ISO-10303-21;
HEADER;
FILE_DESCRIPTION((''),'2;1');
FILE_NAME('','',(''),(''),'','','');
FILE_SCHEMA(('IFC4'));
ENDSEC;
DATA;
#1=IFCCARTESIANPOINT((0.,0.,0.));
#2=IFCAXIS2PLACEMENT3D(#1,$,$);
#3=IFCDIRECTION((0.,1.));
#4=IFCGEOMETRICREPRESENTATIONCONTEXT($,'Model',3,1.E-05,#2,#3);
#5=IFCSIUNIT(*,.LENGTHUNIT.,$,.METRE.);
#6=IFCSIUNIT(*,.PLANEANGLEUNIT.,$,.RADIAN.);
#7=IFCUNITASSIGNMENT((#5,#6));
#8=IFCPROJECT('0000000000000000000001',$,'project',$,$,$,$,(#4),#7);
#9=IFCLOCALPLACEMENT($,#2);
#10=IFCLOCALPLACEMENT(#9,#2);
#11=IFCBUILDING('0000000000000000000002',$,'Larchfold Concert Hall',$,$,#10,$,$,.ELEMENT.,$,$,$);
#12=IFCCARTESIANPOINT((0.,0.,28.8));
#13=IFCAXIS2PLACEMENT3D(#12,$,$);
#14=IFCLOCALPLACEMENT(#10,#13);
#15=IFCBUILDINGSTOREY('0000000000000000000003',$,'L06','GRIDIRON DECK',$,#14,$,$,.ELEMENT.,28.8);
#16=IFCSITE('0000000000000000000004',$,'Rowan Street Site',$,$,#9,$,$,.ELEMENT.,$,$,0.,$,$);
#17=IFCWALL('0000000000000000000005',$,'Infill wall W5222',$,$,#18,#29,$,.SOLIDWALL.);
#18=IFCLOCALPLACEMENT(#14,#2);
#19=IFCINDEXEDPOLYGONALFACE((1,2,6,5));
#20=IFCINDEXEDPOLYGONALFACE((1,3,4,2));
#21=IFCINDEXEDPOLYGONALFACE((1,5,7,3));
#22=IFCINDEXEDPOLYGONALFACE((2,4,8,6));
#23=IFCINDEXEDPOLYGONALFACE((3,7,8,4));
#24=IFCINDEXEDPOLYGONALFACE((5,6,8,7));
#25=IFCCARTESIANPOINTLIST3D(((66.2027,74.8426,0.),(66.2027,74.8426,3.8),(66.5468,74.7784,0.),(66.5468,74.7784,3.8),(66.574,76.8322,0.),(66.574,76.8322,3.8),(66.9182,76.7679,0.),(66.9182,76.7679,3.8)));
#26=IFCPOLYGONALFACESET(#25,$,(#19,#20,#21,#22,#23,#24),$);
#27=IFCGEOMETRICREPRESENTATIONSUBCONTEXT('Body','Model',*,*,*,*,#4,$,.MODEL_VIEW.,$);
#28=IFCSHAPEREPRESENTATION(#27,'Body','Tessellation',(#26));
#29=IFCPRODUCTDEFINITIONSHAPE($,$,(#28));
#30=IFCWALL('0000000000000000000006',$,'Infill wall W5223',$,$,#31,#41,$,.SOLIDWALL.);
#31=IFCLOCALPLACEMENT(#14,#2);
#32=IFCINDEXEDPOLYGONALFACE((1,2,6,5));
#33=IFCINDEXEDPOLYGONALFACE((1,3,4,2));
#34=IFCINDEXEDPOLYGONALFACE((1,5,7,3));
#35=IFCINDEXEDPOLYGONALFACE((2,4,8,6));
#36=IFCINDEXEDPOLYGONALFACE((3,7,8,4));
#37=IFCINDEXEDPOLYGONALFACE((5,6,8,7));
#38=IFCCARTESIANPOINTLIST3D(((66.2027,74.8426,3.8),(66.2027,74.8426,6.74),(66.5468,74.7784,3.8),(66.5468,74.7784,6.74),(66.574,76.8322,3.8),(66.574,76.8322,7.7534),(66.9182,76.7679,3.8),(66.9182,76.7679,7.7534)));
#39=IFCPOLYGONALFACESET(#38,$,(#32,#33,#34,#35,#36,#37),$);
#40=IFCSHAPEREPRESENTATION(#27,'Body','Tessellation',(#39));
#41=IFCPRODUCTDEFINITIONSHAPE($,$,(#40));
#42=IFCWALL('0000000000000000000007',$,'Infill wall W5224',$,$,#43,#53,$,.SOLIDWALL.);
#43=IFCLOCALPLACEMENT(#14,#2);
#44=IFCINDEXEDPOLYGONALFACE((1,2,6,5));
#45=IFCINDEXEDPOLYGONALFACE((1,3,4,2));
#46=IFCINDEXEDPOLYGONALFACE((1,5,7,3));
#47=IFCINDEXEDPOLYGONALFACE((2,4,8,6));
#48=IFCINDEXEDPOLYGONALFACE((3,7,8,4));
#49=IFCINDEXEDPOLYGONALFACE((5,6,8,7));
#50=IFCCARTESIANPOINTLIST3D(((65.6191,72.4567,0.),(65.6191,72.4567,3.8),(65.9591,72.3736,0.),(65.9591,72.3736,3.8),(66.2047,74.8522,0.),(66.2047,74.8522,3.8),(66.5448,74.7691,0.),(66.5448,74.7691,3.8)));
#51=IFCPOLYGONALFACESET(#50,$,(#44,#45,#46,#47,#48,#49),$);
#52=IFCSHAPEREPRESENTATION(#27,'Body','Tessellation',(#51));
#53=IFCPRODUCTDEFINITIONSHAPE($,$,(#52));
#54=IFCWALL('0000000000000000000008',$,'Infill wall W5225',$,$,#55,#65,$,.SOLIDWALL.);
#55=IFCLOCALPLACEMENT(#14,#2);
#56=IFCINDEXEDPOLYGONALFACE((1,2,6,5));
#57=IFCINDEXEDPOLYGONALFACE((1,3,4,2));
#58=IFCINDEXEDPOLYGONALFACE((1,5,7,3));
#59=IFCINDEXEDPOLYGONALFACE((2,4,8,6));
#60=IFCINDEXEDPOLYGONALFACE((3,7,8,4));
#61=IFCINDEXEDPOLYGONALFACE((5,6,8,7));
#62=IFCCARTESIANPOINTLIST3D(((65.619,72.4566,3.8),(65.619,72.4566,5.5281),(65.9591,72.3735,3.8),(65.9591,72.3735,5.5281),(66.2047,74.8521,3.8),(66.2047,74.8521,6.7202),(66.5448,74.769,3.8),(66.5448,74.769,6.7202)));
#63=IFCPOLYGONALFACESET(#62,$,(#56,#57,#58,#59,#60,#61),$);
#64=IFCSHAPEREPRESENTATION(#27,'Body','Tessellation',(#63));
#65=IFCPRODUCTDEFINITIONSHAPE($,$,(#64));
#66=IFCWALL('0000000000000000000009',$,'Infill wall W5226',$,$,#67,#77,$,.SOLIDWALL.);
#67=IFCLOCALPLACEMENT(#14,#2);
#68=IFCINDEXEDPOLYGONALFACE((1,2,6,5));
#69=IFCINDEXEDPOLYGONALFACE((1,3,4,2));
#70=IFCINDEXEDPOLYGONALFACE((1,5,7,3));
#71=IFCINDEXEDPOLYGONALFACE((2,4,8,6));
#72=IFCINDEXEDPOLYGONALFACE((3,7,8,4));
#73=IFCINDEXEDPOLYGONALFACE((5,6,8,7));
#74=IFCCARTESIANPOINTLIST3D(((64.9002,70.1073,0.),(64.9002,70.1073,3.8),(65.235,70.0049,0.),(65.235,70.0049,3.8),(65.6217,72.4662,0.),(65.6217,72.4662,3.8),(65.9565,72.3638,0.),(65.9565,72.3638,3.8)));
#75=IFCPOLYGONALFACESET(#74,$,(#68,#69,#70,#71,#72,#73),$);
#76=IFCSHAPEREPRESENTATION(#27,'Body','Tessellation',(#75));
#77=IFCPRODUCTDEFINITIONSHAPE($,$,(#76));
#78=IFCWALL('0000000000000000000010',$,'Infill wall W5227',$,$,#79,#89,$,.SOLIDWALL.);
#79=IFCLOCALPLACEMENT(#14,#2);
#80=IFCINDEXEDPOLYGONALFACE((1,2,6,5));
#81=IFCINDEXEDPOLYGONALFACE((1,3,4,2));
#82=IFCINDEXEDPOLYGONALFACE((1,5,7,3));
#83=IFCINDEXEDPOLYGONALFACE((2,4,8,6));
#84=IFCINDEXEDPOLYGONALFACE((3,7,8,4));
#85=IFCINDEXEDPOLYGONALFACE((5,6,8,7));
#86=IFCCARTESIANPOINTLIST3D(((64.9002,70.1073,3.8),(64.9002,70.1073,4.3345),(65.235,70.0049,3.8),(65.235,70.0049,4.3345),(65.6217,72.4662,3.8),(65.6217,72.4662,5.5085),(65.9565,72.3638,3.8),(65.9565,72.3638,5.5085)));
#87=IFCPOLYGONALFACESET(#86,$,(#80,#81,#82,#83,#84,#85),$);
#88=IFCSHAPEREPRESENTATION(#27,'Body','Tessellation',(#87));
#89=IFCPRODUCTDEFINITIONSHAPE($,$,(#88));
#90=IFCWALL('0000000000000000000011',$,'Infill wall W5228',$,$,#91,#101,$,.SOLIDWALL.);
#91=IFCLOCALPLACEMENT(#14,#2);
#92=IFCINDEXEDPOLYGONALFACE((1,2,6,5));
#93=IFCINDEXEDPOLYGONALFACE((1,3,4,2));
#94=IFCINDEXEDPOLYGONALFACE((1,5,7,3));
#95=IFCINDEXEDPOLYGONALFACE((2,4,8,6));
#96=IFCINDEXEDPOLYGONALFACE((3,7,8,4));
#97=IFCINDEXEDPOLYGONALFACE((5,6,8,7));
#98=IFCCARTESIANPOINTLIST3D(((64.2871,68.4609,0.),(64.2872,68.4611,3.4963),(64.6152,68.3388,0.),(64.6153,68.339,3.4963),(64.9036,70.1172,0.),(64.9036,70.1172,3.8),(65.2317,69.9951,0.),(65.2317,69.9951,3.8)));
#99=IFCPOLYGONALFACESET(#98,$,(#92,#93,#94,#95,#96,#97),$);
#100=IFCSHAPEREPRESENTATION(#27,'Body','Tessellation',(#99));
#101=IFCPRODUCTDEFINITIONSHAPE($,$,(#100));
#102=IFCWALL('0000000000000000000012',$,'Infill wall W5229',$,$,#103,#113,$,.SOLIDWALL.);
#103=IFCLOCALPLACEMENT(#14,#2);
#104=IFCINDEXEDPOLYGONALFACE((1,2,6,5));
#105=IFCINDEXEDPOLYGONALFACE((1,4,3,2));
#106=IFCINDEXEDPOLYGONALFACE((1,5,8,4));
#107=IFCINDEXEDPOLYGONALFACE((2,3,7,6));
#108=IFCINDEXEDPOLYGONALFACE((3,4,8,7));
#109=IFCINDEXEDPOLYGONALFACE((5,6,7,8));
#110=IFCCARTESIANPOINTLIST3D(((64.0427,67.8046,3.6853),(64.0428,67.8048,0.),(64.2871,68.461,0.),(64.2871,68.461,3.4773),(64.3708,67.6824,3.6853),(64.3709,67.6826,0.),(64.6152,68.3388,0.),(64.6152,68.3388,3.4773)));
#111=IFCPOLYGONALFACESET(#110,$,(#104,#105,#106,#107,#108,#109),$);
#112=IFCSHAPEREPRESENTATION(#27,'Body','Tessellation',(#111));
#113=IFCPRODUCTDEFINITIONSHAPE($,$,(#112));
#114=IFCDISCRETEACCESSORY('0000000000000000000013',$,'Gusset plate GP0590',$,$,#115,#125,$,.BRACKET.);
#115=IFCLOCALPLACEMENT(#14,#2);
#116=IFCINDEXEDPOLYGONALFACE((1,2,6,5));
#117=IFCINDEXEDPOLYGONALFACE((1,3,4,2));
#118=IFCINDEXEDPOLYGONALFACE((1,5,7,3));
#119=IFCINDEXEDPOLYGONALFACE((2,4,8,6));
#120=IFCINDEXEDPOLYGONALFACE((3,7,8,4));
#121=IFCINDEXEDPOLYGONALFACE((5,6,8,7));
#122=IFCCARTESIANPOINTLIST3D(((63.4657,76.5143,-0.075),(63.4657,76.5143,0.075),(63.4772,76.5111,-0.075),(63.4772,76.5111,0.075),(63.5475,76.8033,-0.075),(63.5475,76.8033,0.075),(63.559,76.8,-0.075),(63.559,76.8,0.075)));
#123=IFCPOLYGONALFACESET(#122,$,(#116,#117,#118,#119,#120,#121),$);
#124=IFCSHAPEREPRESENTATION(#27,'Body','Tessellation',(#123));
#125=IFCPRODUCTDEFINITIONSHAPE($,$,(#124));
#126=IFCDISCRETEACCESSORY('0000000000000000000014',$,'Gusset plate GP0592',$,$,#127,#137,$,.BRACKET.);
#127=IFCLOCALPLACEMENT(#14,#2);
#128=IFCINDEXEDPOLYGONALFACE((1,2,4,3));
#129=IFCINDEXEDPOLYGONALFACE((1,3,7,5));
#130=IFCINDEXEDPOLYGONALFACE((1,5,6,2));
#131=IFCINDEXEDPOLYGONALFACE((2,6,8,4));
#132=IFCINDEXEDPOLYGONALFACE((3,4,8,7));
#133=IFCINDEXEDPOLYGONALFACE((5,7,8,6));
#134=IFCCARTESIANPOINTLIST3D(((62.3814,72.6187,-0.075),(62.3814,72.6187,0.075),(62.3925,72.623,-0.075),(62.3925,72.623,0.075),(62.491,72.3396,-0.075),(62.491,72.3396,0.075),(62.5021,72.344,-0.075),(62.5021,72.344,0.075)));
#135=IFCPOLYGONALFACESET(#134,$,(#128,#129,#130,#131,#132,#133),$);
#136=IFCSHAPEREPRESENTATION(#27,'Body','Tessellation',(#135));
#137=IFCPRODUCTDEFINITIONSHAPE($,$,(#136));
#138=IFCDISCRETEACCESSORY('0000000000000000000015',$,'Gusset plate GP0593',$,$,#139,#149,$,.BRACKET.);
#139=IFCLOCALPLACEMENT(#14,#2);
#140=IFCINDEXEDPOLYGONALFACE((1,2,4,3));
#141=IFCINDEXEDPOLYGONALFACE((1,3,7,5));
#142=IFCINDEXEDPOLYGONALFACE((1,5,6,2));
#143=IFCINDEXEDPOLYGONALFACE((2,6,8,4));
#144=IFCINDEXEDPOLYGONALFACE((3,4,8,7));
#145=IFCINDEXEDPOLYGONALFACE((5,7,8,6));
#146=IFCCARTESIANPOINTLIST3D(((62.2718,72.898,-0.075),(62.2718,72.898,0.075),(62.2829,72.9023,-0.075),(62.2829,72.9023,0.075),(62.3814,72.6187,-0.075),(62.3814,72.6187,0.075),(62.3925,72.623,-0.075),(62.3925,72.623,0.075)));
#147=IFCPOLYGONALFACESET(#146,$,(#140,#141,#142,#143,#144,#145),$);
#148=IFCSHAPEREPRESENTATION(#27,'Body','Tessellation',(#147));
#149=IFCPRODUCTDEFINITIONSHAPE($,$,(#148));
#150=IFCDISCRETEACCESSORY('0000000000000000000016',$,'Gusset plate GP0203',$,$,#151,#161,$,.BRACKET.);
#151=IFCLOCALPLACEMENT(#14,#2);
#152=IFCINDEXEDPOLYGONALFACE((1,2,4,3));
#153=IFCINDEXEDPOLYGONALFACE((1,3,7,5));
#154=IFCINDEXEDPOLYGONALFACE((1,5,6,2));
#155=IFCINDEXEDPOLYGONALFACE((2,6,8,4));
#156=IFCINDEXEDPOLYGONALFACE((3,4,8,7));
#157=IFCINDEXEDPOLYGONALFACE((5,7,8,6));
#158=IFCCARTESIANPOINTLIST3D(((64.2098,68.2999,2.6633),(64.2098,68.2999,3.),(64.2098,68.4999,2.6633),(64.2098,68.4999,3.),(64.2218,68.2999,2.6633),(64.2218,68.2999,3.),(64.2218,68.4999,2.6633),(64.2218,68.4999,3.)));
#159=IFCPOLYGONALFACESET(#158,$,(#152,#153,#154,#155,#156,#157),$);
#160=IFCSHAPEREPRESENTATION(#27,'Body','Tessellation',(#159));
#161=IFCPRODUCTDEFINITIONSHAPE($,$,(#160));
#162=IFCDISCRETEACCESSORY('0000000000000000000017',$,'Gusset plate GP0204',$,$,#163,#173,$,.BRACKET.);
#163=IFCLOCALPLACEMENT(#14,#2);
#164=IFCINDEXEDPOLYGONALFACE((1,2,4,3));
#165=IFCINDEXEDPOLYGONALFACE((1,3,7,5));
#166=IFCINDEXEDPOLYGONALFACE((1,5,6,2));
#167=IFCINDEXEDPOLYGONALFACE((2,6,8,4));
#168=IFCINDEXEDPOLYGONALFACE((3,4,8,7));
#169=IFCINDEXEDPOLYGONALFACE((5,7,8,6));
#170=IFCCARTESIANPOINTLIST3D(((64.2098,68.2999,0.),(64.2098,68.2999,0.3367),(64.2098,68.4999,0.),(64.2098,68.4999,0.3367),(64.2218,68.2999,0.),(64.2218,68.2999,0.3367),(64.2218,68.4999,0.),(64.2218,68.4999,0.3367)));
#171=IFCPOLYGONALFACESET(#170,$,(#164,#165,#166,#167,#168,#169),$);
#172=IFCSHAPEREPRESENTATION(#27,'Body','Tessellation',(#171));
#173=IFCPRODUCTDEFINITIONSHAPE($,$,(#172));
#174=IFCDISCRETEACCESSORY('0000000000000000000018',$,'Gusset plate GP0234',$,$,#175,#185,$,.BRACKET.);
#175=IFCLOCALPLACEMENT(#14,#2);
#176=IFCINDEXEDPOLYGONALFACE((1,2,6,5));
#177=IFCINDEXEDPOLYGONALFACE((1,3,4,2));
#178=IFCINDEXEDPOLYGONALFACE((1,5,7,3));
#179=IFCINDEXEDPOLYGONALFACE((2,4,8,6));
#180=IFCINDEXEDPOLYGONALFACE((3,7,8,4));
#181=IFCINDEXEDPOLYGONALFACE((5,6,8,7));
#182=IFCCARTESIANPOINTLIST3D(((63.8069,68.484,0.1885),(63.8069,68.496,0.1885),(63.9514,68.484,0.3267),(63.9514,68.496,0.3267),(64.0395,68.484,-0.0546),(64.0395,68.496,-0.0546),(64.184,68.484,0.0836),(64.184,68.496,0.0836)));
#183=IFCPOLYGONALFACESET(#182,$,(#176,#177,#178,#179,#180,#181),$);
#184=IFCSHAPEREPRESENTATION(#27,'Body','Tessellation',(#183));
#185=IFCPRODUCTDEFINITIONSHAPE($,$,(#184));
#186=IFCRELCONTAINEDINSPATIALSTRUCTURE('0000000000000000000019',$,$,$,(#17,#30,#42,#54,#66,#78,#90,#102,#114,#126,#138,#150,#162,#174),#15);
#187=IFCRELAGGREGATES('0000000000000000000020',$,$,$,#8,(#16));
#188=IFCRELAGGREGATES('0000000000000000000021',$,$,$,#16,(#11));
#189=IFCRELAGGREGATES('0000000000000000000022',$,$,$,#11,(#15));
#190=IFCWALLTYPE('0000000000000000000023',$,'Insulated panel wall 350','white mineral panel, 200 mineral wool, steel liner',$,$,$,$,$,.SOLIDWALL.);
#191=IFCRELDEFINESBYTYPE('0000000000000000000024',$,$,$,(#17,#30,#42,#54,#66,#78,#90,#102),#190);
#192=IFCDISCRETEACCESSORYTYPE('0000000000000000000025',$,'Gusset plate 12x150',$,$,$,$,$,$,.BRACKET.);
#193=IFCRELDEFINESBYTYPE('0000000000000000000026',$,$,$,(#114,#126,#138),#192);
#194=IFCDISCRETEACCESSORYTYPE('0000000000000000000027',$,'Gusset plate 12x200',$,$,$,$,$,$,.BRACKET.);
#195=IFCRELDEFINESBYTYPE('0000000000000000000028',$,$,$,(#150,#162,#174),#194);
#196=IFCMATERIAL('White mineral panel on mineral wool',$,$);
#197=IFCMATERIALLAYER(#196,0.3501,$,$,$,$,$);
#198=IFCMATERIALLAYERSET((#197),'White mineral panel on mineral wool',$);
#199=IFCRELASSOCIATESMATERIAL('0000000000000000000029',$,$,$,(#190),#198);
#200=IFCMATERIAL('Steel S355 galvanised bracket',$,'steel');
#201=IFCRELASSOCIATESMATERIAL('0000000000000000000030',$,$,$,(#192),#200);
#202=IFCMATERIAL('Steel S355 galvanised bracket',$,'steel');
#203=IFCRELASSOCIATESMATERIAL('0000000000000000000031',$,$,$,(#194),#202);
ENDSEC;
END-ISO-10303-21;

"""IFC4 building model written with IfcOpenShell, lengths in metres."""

from ifc_helpers import new_model, si_unit, direction, frame, frame_2d, origin, origin_2d, place, context, subcontext, project, spatial, polyline, rectangle, outline, extrude, material, layer, layer_set, material_profile, profile_set, type_object, element, save


model = new_model("IFC4")

# Units and contexts
model_context = context("Model", 3, precision=1e-05, world=origin(), true_north=direction((0.0, 1.0)))
body_context = subcontext(model_context, "Body", "Model", "MODEL_VIEW")
ifc_project = project(units=[si_unit("LENGTHUNIT", "METRE"), si_unit("PLANEANGLEUNIT", "RADIAN")], contexts=[model_context])

# Site, building, storey
site_placement = place(None, origin())
site = spatial("IfcSite", under=ifc_project, at=site_placement, Name="Rowan Street Site", CompositionType="ELEMENT", RefElevation=0.0)
building_placement = place(site_placement, origin())
building = spatial("IfcBuilding", under=site, at=building_placement, Name="Larchfold Concert Hall", CompositionType="ELEMENT")
storey_placement = place(building_placement, frame((0.0, 0.0, 28.8)))
storey = spatial("IfcBuildingStorey", under=building, at=storey_placement, Name="L06", Description="GRIDIRON DECK", CompositionType="ELEMENT", Elevation=28.8)

# Walls
ifc_material_1 = material(Name="White mineral panel on mineral wool")
ifc_layer = layer(ifc_material_1, 0.3501)
ifc_layer_set = layer_set([ifc_layer], Name="White mineral panel on mineral wool")
wall_type = type_object("IfcWallType", Name="Insulated panel wall 350", Description="white mineral panel, 200 mineral wool, steel liner", PredefinedType="SOLIDWALL", material=ifc_layer_set)
wall_1_placement = place(storey_placement, frame((66.7461, 76.8, 0.0), z_axis=(0.0, 0.0, 1.0), x_axis=(-0.18348, -0.983023, 0.0)))
element("IfcWall", 1, at=wall_1_placement, inside=storey, type_object=wall_type, Name="Infill wall W5222", PredefinedType="SOLIDWALL", context=body_context, shape_type="SweptSolid", body=[
    extrude(rectangle(XDim=2.0239, YDim=0.3501, at=frame_2d((1.012, 0.0))), origin(), (0.0, 0.0, 1.0), 3.8),
])
wall_2_placement = place(storey_placement, frame((66.7461, 76.8, 3.8), z_axis=(0.0, 0.0, 1.0), x_axis=(-0.18348, -0.983023, 0.0)))
element("IfcWall", 2, at=wall_2_placement, inside=storey, type_object=wall_type, Name="Infill wall W5223", PredefinedType="SOLIDWALL", context=body_context, shape_type="SweptSolid", body=[
    extrude(outline(polyline([(0.0, 0.0), (2.0239, 0.0), (2.0239, 2.9399), (0.0, 3.9534), (0.0, 0.0)])), frame((0.0, 0.175, 0.0), z_axis=(0.0, -1.0, 0.0), x_axis=(1.0, 0.0, 0.0)), (0.0, 0.0, 1.0), 0.3501),
])
wall_3_placement = place(storey_placement, frame((66.3748, 74.8105, 0.0), z_axis=(0.0, 0.0, 1.0), x_axis=(-0.237501, -0.971387, 0.0)))
element("IfcWall", 3, at=wall_3_placement, inside=storey, type_object=wall_type, Name="Infill wall W5224", PredefinedType="SOLIDWALL", context=body_context, shape_type="SweptSolid", body=[
    extrude(rectangle(XDim=2.4661, YDim=0.3501, at=frame_2d((1.2329, 0.0))), origin(), (0.0, 0.0, 1.0), 3.8),
])
wall_4_placement = place(storey_placement, frame((66.3748, 74.8105, 3.8), z_axis=(0.0, 0.0, 1.0), x_axis=(-0.237501, -0.971387, 0.0)))
element("IfcWall", 4, at=wall_4_placement, inside=storey, type_object=wall_type, Name="Infill wall W5225", PredefinedType="SOLIDWALL", context=body_context, shape_type="SweptSolid", body=[
    extrude(outline(polyline([(0.0, 0.0), (2.4661, 0.0), (2.4661, 1.728), (0.0, 2.9202), (0.0, 0.0)])), frame((0.0, 0.175, 0.0), z_axis=(0.0, -1.0, 0.0), x_axis=(1.0, 0.0, 0.0)), (0.0, 0.0, 1.0), 0.3501),
])
wall_5_placement = place(storey_placement, frame((65.7891, 72.415, 0.0), z_axis=(0.0, 0.0, 1.0), x_axis=(-0.292465, -0.956276, 0.0)))
element("IfcWall", 5, at=wall_5_placement, inside=storey, type_object=wall_type, Name="Infill wall W5226", PredefinedType="SOLIDWALL", context=body_context, shape_type="SweptSolid", body=[
    extrude(rectangle(XDim=2.4668, YDim=0.3501, at=frame_2d((1.2334, 0.0))), origin(), (0.0, 0.0, 1.0), 3.8),
])
wall_6_placement = place(storey_placement, frame((65.7891, 72.415, 3.8), z_axis=(0.0, 0.0, 1.0), x_axis=(-0.292465, -0.956276, 0.0)))
element("IfcWall", 6, at=wall_6_placement, inside=storey, type_object=wall_type, Name="Infill wall W5227", PredefinedType="SOLIDWALL", context=body_context, shape_type="SweptSolid", body=[
    extrude(outline(polyline([(0.0, 0.0), (2.4668, 0.0), (2.4668, 0.5344), (0.0, 1.7085), (0.0, 0.0)])), frame((0.0, 0.175, 0.0), z_axis=(0.0, -1.0, 0.0), x_axis=(1.0, 0.0, 0.0)), (0.0, 0.0, 1.0), 0.3501),
])
wall_7_placement = place(storey_placement, frame((65.0676, 70.0562, 0.0), z_axis=(0.0, 0.0, 1.0), x_axis=(-0.348821, -0.937189, 0.0)))
element("IfcWall", 7, at=wall_7_placement, inside=storey, type_object=wall_type, Name="Infill wall W5228", PredefinedType="SOLIDWALL", context=body_context, shape_type="SweptSolid", body=[
    extrude(outline(polyline([(0.0, 0.0), (1.7673, 0.0), (1.7671, 3.4963), (0.0, 3.8), (0.0, 0.0)])), frame((0.0, 0.175, 0.0), z_axis=(0.0, -1.0, 0.0), x_axis=(1.0, 0.0, 0.0)), (0.0, 0.0, 1.0), 0.3501),
])
wall_8_placement = place(storey_placement, frame((64.4512, 68.3999, 0.0), z_axis=(0.0, 0.0, 1.0), x_axis=(-0.348983, -0.937129, 0.0)))
element("IfcWall", 8, at=wall_8_placement, inside=storey, type_object=wall_type, Name="Infill wall W5229", PredefinedType="SOLIDWALL", context=body_context, shape_type="SweptSolid", body=[
    extrude(outline(polyline([(0.0, 0.0), (0.7002, 0.0), (0.7004, 3.6853), (0.0, 3.4773), (0.0, 0.0)])), frame((0.0, 0.175, 0.0), z_axis=(0.0, -1.0, 0.0), x_axis=(1.0, 0.0, 0.0)), (0.0, 0.0, 1.0), 0.3501),
])

# Discrete accessories
ifc_material_2 = material(Name="Steel S355 galvanised bracket", Category="steel")
ifc_material_profile_1 = material_profile(ifc_material_2, rectangle(XDim=0.012, YDim=0.1499, at=origin_2d()))
ifc_profile_set_1 = profile_set([ifc_material_profile_1], Name="Steel S355 galvanised bracket")
discrete_accessory_type_1 = type_object("IfcDiscreteAccessoryType", Name="Gusset plate 12x150", PredefinedType="BRACKET", material=ifc_profile_set_1)
discrete_accessory_1_placement = place(storey_placement, frame((63.4714, 76.5127, 0.0), z_axis=(0.272465, 0.962166, 0.0), x_axis=(-0.962166, 0.272465, 0.0)))
element("IfcDiscreteAccessory", 9, at=discrete_accessory_1_placement, inside=storey, type_object=discrete_accessory_type_1, Name="Gusset plate GP0590", PredefinedType="BRACKET", context=body_context, shape_type="SweptSolid", body=[
    extrude(rectangle(XDim=0.012, YDim=0.1499, at=origin_2d()), origin(), (0.0, 0.0, 1.0), 0.3003),
])
discrete_accessory_2_placement = place(storey_placement, frame((62.4966, 72.3418, 0.0), z_axis=(-0.365627, 0.930761, 0.0), x_axis=(-0.930761, -0.365627, 0.0)))
element("IfcDiscreteAccessory", 10, at=discrete_accessory_2_placement, inside=storey, type_object=discrete_accessory_type_1, Name="Gusset plate GP0592", PredefinedType="BRACKET", context=body_context, shape_type="SweptSolid", body=[
    extrude(rectangle(XDim=0.012, YDim=0.1499, at=origin_2d()), origin(), (0.0, 0.0, 1.0), 0.2998),
])
discrete_accessory_3_placement = place(storey_placement, frame((62.387, 72.6208, 0.0), z_axis=(-0.36535, 0.93087, 0.0), x_axis=(-0.93087, -0.36535, 0.0)))
element("IfcDiscreteAccessory", 11, at=discrete_accessory_3_placement, inside=storey, type_object=discrete_accessory_type_1, Name="Gusset plate GP0593", PredefinedType="BRACKET", context=body_context, shape_type="SweptSolid", body=[
    extrude(rectangle(XDim=0.012, YDim=0.1499, at=origin_2d()), origin(), (0.0, 0.0, 1.0), 0.3),
])
ifc_material_3 = material(Name="Steel S355 galvanised bracket", Category="steel")
ifc_material_profile_2 = material_profile(ifc_material_3, rectangle(XDim=0.012, YDim=0.2, at=origin_2d()))
ifc_profile_set_2 = profile_set([ifc_material_profile_2], Name="Steel S355 galvanised bracket")
discrete_accessory_type_2 = type_object("IfcDiscreteAccessoryType", Name="Gusset plate 12x200", PredefinedType="BRACKET", material=ifc_profile_set_2)
for number, where, z_axis, x_axis, name in (
    (12, (64.2158, 68.3999, 3.0), (0.0, 0.0, -1.0), (1.0, 0.0, 0.0), "Gusset plate GP0203"),
    (13, (64.2158, 68.3999, 0.3367), (0.0, 0.0, -1.0), (1.0, 0.0, 0.0), "Gusset plate GP0204"),
):
    element("IfcDiscreteAccessory", number, at=place(storey_placement, frame(where, z_axis=z_axis, x_axis=x_axis)), inside=storey, type_object=discrete_accessory_type_2, Name=name, PredefinedType="BRACKET", context=body_context, shape_type="SweptSolid", body=[
        extrude(rectangle(XDim=0.012, YDim=0.2, at=origin_2d()), origin(), (0.0, 0.0, 1.0), 0.3367),
    ])
discrete_accessory_4_placement = place(storey_placement, frame((63.8792, 68.49, 0.2576), z_axis=(0.691338, 0.0, -0.722532), x_axis=(0.0, 1.0, 0.0)))
element("IfcDiscreteAccessory", 14, at=discrete_accessory_4_placement, inside=storey, type_object=discrete_accessory_type_2, Name="Gusset plate GP0234", PredefinedType="BRACKET", context=body_context, shape_type="SweptSolid", body=[
    extrude(rectangle(XDim=0.012, YDim=0.2, at=origin_2d()), origin(), (0.0, 0.0, 1.0), 0.3364),
])

save(model, "model.ifc")
